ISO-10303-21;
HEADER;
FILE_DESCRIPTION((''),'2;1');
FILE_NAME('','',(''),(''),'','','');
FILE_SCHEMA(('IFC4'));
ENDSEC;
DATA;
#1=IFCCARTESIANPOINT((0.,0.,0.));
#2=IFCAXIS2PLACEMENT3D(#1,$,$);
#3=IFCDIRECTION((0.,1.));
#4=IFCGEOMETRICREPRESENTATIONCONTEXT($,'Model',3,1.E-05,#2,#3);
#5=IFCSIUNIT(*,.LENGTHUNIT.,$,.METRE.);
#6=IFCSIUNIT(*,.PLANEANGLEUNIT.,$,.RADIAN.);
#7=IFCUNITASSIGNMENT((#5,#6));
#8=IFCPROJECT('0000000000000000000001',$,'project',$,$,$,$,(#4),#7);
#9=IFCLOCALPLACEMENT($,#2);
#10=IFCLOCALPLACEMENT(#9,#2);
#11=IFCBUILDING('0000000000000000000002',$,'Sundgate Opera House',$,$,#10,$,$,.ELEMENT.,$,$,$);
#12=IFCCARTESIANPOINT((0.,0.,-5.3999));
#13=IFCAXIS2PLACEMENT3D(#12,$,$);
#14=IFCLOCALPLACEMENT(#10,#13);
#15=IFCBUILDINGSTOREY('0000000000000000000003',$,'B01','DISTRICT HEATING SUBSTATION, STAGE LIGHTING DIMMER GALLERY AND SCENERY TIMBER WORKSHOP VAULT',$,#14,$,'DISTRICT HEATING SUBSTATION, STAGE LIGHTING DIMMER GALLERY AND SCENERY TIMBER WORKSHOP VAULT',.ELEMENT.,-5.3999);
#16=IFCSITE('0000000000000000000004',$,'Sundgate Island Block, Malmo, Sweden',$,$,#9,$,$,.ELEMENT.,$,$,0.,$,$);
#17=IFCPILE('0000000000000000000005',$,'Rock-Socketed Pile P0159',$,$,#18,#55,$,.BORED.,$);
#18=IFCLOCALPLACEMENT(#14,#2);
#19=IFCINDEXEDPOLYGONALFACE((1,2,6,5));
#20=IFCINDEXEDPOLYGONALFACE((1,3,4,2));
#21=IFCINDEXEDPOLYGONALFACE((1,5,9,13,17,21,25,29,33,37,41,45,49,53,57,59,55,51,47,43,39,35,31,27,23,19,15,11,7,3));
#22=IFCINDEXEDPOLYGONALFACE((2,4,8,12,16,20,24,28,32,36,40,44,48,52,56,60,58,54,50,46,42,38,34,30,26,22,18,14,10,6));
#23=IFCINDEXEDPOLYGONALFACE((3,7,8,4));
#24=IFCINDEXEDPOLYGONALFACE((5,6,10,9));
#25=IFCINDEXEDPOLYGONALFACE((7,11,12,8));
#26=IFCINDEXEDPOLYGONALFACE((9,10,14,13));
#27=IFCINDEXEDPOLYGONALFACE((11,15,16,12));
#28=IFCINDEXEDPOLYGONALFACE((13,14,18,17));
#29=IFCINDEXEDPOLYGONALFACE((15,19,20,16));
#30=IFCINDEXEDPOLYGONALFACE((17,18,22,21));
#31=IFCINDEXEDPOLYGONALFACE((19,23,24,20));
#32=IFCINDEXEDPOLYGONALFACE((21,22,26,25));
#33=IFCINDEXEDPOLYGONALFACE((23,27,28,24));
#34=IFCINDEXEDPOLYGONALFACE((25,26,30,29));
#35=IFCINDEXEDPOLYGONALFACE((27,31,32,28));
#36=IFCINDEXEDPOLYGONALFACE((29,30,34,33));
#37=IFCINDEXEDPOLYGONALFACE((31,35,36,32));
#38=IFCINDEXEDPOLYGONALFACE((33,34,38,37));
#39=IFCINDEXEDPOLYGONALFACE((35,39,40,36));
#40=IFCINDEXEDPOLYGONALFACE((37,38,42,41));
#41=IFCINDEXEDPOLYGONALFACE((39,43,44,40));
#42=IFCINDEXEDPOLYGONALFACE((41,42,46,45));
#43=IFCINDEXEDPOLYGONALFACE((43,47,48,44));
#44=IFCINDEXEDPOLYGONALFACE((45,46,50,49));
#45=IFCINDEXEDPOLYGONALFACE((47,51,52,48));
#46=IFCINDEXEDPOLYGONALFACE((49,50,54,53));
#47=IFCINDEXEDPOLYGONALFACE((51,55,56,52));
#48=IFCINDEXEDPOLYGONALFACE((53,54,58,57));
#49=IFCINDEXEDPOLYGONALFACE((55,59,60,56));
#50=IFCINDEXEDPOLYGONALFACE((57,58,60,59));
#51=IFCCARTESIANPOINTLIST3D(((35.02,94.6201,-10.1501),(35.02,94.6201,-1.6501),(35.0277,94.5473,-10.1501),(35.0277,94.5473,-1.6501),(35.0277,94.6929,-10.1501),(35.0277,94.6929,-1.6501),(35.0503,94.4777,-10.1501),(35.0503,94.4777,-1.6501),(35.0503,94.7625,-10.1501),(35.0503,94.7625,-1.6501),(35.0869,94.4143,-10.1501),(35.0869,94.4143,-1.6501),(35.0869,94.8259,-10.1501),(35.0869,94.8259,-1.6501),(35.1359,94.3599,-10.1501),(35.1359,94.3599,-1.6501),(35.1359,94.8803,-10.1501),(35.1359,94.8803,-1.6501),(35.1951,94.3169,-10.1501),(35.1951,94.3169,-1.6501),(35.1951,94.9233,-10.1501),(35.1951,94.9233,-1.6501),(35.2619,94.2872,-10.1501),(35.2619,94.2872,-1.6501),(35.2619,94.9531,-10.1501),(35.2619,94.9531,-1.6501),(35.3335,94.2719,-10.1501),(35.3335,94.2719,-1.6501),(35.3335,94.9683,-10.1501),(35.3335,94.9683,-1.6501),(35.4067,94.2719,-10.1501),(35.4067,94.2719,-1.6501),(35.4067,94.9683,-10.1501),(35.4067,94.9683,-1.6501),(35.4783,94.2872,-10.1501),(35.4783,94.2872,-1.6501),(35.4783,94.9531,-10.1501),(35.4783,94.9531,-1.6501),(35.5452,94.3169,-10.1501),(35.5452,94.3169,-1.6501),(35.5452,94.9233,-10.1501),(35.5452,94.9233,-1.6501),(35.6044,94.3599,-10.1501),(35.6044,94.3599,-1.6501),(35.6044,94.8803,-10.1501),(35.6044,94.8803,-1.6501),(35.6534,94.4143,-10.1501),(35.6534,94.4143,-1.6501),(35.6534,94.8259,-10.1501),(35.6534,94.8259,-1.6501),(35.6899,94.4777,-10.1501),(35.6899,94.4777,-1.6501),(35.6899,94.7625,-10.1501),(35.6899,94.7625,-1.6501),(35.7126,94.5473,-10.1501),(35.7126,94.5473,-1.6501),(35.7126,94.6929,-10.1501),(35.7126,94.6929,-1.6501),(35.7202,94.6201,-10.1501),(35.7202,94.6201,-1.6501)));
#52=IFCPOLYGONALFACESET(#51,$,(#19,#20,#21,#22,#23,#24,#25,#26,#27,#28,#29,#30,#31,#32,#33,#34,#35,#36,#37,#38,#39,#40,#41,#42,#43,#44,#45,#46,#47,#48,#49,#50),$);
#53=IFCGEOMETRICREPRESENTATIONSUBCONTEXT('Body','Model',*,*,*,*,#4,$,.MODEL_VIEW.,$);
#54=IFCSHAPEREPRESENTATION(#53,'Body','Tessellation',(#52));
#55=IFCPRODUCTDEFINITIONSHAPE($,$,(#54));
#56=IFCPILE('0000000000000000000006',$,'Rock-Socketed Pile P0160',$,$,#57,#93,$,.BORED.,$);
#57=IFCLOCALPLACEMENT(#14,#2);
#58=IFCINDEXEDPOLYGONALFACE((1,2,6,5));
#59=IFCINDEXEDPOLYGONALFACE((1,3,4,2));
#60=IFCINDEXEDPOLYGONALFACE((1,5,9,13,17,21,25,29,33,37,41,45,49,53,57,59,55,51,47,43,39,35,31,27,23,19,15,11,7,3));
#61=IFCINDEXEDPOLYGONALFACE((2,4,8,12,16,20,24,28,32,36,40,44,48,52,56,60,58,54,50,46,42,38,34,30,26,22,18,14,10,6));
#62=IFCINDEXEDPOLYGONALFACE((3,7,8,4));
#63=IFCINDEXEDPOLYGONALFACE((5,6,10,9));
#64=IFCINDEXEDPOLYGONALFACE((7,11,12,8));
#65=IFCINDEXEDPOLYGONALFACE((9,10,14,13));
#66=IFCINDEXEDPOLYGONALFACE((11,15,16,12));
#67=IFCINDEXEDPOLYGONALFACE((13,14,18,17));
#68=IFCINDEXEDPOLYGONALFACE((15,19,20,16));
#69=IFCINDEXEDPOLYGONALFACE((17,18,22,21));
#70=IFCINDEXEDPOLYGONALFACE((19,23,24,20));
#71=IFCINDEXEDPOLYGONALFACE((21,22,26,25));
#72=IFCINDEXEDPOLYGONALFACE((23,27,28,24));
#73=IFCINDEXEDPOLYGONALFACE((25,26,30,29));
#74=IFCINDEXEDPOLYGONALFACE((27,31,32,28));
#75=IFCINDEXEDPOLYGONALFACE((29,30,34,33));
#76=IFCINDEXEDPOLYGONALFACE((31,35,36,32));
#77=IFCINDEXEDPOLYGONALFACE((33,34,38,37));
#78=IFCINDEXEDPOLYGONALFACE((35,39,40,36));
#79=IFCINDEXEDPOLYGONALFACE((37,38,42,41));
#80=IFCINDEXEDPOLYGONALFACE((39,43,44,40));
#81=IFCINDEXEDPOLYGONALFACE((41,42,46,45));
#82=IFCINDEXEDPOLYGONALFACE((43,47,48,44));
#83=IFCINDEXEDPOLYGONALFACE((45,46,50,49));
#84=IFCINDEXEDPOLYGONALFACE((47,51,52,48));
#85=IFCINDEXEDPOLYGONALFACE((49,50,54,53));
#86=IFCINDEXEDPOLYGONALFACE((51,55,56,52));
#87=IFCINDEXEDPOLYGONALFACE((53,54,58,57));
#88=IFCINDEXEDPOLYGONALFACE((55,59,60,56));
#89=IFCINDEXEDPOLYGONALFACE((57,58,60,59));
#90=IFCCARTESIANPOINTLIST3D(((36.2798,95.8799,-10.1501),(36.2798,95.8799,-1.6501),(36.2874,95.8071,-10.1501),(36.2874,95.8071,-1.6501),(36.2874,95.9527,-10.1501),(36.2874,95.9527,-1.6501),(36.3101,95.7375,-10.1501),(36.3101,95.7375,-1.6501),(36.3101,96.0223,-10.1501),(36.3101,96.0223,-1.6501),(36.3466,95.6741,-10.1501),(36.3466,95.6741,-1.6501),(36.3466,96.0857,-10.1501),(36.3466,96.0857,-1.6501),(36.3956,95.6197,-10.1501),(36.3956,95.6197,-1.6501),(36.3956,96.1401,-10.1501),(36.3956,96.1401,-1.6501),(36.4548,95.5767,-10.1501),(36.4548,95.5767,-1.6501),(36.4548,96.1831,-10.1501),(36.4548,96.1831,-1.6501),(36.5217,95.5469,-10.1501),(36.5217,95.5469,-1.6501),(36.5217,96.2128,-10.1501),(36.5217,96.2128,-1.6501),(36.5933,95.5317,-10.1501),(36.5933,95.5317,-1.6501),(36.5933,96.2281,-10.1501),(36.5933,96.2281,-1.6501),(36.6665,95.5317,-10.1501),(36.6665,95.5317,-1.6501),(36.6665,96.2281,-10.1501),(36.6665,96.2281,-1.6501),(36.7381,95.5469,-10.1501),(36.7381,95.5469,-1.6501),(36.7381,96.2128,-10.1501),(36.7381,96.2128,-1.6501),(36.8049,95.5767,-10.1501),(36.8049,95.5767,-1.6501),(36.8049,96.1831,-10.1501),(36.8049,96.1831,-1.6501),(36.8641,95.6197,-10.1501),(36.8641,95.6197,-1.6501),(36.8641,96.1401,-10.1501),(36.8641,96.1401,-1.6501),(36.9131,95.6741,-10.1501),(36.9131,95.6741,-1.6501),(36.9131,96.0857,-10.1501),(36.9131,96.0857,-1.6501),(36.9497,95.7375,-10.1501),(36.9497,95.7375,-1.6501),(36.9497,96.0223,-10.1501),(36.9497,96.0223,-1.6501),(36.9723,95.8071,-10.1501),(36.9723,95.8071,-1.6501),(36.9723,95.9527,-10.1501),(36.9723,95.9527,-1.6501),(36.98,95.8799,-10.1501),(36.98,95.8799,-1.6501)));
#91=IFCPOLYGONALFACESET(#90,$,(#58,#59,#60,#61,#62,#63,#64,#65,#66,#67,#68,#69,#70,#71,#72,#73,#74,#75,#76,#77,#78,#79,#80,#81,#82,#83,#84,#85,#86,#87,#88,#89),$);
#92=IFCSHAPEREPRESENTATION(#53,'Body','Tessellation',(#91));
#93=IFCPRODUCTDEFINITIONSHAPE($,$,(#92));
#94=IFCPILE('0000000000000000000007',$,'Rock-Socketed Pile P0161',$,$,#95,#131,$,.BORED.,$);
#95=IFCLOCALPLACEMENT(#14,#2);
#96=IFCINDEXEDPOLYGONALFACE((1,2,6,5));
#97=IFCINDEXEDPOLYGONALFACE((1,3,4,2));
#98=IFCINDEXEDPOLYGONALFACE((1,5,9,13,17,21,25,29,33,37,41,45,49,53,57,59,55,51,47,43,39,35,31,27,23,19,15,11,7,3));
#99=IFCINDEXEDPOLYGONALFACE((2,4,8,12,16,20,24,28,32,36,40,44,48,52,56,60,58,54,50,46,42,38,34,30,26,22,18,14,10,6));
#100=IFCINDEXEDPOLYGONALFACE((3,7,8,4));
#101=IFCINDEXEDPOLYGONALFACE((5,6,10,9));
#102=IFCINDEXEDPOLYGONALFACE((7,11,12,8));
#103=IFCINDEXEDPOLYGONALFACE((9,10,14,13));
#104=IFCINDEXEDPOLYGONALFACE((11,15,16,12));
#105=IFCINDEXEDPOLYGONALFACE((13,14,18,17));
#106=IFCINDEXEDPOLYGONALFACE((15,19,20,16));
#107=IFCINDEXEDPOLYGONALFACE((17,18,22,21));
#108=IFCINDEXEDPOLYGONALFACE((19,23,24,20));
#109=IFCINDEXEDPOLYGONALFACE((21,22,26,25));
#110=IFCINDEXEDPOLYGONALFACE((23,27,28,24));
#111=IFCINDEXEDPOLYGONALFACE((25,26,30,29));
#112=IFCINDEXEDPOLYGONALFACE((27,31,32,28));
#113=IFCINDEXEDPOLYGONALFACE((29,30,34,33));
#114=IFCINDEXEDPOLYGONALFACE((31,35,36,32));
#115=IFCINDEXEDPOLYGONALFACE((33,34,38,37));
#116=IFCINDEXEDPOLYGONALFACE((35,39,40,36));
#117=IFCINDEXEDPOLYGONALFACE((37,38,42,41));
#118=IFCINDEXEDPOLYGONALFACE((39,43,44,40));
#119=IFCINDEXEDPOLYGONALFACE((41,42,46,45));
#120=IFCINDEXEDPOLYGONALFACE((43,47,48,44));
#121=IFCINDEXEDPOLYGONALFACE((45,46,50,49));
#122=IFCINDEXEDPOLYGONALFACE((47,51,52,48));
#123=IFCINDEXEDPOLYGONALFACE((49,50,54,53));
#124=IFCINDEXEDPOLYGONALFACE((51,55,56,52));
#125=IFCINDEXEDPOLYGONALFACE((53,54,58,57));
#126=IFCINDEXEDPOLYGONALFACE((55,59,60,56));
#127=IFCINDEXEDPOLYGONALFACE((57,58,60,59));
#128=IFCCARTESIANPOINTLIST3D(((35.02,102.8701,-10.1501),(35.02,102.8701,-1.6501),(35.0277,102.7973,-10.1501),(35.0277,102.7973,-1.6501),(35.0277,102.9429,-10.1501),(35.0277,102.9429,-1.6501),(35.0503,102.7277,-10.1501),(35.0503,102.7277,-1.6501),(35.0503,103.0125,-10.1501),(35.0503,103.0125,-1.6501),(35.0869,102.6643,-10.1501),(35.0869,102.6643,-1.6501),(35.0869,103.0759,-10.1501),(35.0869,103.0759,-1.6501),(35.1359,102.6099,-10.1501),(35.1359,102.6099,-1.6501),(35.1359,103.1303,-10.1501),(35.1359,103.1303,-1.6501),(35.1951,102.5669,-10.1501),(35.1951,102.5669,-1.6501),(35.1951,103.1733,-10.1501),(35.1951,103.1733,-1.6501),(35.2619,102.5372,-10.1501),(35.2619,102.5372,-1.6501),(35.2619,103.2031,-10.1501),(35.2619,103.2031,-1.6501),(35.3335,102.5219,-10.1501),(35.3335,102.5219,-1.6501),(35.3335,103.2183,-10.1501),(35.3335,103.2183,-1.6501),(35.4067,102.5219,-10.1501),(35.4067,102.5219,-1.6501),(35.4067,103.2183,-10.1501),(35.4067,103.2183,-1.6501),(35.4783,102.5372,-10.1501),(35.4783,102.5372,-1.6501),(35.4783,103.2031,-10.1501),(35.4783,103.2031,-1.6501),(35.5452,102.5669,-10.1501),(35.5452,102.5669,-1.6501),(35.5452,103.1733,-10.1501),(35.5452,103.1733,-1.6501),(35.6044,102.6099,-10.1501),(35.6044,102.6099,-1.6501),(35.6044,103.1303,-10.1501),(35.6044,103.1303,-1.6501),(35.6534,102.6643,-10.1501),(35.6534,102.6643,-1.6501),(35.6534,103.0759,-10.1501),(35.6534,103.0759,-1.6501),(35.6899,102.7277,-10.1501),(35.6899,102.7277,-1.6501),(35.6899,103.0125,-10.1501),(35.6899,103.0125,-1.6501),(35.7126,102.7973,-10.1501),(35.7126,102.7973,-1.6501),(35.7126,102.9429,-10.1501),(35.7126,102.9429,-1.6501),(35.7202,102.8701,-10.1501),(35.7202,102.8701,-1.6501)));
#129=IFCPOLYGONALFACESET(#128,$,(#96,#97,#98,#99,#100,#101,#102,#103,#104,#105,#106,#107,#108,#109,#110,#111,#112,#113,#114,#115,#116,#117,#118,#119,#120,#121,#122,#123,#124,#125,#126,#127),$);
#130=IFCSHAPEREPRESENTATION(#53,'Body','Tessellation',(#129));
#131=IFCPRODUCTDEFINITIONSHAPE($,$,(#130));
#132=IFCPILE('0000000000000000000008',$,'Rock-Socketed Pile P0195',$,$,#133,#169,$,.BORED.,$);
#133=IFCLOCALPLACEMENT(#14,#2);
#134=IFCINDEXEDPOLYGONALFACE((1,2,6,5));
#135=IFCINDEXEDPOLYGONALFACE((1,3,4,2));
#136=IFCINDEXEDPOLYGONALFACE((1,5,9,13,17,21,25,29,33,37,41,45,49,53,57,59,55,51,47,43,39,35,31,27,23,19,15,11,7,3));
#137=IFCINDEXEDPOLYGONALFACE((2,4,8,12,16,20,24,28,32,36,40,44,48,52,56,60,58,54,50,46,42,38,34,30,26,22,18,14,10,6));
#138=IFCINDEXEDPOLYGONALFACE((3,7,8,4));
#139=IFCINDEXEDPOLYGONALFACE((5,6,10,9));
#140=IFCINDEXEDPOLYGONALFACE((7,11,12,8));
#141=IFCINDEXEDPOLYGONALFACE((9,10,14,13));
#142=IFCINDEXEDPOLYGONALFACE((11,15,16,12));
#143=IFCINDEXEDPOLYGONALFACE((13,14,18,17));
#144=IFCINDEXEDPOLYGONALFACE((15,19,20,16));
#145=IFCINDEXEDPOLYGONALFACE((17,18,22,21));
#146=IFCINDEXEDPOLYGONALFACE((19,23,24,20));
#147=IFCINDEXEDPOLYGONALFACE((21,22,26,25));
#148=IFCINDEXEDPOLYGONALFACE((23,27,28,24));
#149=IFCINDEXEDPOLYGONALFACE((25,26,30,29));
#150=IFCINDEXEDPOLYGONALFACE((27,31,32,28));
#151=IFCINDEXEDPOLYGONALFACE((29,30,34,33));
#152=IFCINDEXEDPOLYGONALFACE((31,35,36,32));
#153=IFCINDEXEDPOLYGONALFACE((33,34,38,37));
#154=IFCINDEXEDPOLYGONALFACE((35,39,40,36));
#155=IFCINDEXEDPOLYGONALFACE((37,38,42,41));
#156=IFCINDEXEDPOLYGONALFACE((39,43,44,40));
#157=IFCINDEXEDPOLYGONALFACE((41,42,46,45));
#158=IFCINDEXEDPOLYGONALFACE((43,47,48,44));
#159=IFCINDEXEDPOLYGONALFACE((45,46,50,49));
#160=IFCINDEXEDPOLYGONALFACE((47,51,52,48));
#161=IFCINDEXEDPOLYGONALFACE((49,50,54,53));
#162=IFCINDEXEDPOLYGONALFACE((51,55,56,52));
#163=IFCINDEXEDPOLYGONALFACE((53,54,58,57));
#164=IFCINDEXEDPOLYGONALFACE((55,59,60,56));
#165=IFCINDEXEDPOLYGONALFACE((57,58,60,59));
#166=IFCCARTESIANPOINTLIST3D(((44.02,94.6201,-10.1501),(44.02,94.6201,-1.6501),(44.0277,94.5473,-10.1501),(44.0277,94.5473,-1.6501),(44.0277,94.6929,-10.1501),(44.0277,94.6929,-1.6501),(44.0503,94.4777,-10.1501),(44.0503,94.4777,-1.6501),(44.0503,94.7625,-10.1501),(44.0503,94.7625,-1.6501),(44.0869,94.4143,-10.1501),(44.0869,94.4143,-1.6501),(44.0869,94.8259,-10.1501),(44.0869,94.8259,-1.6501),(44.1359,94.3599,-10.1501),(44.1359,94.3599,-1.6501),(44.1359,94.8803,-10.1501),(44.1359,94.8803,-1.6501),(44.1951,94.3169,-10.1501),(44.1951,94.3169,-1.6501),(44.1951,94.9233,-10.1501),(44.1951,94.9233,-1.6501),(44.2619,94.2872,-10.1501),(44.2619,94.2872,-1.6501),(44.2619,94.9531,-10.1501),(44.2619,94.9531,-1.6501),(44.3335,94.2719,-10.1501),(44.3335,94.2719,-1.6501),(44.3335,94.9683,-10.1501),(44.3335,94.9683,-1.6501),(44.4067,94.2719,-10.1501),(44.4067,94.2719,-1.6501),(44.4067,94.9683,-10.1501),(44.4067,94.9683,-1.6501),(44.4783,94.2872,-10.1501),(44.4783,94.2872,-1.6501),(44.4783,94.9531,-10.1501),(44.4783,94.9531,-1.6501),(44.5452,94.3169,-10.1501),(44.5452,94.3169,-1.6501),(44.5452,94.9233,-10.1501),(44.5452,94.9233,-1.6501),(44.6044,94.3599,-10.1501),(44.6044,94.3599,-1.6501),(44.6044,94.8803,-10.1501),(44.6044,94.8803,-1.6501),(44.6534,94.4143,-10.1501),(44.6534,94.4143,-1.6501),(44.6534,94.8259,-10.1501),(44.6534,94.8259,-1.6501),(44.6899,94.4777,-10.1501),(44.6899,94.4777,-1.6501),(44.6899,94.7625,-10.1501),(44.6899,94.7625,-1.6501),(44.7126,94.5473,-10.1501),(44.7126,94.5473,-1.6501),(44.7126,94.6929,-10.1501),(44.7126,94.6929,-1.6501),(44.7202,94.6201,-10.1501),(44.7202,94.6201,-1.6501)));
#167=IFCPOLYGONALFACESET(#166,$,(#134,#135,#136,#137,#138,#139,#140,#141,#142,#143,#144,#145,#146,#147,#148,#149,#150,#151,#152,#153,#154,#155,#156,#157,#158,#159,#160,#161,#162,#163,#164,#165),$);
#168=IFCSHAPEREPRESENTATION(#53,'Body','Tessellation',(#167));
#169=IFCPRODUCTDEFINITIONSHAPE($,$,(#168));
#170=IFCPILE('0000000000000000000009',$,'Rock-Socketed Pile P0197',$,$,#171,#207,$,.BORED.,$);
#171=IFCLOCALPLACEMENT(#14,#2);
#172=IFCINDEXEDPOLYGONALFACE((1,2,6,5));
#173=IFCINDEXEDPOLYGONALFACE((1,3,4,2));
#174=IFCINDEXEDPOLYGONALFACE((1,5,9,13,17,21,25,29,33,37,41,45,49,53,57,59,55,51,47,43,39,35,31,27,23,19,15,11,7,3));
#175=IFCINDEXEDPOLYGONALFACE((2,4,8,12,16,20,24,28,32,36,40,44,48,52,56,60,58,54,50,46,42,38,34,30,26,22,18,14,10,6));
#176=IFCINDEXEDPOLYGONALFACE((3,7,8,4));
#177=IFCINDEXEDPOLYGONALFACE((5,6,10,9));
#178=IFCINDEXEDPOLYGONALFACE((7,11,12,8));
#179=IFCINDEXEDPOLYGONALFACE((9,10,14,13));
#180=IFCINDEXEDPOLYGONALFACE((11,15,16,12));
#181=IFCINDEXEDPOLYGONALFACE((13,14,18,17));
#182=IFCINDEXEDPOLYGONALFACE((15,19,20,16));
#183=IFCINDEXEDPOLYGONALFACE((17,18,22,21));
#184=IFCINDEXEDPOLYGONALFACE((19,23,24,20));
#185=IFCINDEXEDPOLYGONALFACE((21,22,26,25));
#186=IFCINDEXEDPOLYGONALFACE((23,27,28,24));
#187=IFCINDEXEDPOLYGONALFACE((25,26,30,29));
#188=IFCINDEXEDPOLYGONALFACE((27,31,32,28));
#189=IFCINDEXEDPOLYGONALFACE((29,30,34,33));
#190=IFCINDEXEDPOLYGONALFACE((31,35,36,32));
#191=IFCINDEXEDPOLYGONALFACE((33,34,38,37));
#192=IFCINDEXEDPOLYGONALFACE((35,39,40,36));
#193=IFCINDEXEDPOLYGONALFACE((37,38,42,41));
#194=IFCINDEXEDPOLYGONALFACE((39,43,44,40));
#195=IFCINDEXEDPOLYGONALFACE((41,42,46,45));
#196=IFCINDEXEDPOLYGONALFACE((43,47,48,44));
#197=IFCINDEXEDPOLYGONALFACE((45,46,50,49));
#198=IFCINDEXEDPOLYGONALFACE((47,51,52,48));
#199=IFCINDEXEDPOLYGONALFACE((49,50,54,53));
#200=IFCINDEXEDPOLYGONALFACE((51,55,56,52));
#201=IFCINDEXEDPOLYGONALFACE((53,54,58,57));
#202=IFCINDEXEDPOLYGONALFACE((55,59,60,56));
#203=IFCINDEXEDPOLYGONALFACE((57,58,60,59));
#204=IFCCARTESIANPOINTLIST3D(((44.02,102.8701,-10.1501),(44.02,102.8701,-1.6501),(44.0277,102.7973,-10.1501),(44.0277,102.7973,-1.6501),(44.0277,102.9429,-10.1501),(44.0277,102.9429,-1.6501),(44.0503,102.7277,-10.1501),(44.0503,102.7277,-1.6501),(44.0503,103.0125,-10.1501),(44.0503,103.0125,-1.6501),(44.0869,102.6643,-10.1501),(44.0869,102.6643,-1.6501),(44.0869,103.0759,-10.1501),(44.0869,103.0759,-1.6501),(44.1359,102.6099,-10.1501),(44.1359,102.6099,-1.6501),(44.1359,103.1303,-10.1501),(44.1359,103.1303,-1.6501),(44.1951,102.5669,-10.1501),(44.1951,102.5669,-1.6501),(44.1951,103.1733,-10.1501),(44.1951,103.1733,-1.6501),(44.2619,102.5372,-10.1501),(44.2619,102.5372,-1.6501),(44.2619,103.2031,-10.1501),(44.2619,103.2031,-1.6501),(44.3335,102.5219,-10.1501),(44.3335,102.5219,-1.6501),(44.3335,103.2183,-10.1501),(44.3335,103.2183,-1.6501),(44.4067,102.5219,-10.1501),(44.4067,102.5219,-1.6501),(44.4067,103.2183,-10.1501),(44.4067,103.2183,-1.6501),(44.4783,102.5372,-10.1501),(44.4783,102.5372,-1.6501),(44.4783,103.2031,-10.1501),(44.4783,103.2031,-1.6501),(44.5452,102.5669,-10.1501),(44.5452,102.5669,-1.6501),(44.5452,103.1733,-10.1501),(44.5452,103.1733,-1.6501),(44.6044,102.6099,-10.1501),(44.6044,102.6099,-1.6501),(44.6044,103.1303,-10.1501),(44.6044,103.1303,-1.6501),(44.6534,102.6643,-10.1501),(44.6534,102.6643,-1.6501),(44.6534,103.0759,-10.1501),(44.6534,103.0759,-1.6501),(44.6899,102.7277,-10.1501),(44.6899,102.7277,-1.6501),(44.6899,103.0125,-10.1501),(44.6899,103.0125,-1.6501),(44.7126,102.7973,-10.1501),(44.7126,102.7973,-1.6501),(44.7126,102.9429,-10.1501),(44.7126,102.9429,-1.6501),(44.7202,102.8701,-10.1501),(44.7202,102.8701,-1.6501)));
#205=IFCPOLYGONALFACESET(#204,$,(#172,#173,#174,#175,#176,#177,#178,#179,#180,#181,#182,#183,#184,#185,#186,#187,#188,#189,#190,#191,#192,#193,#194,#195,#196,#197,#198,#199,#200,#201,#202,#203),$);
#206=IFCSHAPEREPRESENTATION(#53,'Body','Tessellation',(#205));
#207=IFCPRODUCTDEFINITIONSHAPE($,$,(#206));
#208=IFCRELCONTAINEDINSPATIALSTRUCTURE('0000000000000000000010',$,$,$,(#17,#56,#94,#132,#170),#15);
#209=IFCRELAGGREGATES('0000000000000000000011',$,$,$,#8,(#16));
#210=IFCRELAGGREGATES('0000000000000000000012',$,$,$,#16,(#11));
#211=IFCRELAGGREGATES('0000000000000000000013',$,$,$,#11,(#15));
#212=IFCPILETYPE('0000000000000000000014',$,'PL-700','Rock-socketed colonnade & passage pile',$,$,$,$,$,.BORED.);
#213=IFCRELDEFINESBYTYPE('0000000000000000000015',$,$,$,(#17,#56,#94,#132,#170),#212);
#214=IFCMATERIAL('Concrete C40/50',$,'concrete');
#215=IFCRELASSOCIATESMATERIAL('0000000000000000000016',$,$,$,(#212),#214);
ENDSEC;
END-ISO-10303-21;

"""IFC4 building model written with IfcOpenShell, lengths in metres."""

from ifc_helpers import new_model, si_unit, direction, frame, origin, origin_2d, place, context, subcontext, project, spatial, circle, extrude, material, material_profile, profile_set, type_object, element, save


model = new_model("IFC4")

# Units and contexts
model_context = context("Model", 3, precision=1e-05, world=origin(), true_north=direction((0.0, 1.0)))
body_context = subcontext(model_context, "Body", "Model", "MODEL_VIEW")
ifc_project = project(units=[si_unit("LENGTHUNIT", "METRE"), si_unit("PLANEANGLEUNIT", "RADIAN")], contexts=[model_context])

# Site, building, storey
site_placement = place(None, origin())
site = spatial("IfcSite", under=ifc_project, at=site_placement, Name="Sundgate Island Block, Malmo, Sweden", CompositionType="ELEMENT", RefElevation=0.0)
building_placement = place(site_placement, origin())
building = spatial("IfcBuilding", under=site, at=building_placement, Name="Sundgate Opera House", CompositionType="ELEMENT")
storey_placement = place(building_placement, frame((0.0, 0.0, -5.3999)))
storey = spatial("IfcBuildingStorey", under=building, at=storey_placement, Name="B01", Description="DISTRICT HEATING SUBSTATION, STAGE LIGHTING DIMMER GALLERY AND SCENERY TIMBER WORKSHOP VAULT", LongName="DISTRICT HEATING SUBSTATION, STAGE LIGHTING DIMMER GALLERY AND SCENERY TIMBER WORKSHOP VAULT", CompositionType="ELEMENT", Elevation=-5.3999)

# Piles
ifc_material_1 = material(Name="Concrete C40/50", Category="concrete")
ifc_material_profile_1 = material_profile(ifc_material_1, circle(Radius=0.3501, at=origin_2d()), Name="PILE D700")
ifc_profile_set_1 = profile_set([ifc_material_profile_1], Name="Concrete C40/50")
pile_type = type_object("IfcPileType", Name="PL-700", Description="Rock-socketed colonnade & passage pile", PredefinedType="BORED", material=ifc_profile_set_1)
for number, where, z_axis, x_axis, name in (
    (1, (35.3701, 94.6201, -1.6501), (0.0, 0.0, -1.0), (1.0, 0.0, 0.0), "Rock-Socketed Pile P0159"),
    (2, (36.6299, 95.8799, -1.6501), (0.0, 0.0, -1.0), (1.0, 0.0, 0.0), "Rock-Socketed Pile P0160"),
    (3, (35.3701, 102.8701, -1.6501), (0.0, 0.0, -1.0), (1.0, 0.0, 0.0), "Rock-Socketed Pile P0161"),
    (4, (44.3701, 94.6201, -1.6501), (0.0, 0.0, -1.0), (1.0, 0.0, 0.0), "Rock-Socketed Pile P0195"),
    (5, (44.3701, 102.8701, -1.6501), (0.0, 0.0, -1.0), (1.0, 0.0, 0.0), "Rock-Socketed Pile P0197"),
):
    element("IfcPile", number, at=place(storey_placement, frame(where, z_axis=z_axis, x_axis=x_axis)), inside=storey, type_object=pile_type, Name=name, PredefinedType="BORED", context=body_context, shape_type="SweptSolid", body=[
        extrude(circle(Radius=0.3501, at=origin_2d()), origin(), (0.0, 0.0, 1.0), 8.5),
    ])

save(model, "model.ifc")
